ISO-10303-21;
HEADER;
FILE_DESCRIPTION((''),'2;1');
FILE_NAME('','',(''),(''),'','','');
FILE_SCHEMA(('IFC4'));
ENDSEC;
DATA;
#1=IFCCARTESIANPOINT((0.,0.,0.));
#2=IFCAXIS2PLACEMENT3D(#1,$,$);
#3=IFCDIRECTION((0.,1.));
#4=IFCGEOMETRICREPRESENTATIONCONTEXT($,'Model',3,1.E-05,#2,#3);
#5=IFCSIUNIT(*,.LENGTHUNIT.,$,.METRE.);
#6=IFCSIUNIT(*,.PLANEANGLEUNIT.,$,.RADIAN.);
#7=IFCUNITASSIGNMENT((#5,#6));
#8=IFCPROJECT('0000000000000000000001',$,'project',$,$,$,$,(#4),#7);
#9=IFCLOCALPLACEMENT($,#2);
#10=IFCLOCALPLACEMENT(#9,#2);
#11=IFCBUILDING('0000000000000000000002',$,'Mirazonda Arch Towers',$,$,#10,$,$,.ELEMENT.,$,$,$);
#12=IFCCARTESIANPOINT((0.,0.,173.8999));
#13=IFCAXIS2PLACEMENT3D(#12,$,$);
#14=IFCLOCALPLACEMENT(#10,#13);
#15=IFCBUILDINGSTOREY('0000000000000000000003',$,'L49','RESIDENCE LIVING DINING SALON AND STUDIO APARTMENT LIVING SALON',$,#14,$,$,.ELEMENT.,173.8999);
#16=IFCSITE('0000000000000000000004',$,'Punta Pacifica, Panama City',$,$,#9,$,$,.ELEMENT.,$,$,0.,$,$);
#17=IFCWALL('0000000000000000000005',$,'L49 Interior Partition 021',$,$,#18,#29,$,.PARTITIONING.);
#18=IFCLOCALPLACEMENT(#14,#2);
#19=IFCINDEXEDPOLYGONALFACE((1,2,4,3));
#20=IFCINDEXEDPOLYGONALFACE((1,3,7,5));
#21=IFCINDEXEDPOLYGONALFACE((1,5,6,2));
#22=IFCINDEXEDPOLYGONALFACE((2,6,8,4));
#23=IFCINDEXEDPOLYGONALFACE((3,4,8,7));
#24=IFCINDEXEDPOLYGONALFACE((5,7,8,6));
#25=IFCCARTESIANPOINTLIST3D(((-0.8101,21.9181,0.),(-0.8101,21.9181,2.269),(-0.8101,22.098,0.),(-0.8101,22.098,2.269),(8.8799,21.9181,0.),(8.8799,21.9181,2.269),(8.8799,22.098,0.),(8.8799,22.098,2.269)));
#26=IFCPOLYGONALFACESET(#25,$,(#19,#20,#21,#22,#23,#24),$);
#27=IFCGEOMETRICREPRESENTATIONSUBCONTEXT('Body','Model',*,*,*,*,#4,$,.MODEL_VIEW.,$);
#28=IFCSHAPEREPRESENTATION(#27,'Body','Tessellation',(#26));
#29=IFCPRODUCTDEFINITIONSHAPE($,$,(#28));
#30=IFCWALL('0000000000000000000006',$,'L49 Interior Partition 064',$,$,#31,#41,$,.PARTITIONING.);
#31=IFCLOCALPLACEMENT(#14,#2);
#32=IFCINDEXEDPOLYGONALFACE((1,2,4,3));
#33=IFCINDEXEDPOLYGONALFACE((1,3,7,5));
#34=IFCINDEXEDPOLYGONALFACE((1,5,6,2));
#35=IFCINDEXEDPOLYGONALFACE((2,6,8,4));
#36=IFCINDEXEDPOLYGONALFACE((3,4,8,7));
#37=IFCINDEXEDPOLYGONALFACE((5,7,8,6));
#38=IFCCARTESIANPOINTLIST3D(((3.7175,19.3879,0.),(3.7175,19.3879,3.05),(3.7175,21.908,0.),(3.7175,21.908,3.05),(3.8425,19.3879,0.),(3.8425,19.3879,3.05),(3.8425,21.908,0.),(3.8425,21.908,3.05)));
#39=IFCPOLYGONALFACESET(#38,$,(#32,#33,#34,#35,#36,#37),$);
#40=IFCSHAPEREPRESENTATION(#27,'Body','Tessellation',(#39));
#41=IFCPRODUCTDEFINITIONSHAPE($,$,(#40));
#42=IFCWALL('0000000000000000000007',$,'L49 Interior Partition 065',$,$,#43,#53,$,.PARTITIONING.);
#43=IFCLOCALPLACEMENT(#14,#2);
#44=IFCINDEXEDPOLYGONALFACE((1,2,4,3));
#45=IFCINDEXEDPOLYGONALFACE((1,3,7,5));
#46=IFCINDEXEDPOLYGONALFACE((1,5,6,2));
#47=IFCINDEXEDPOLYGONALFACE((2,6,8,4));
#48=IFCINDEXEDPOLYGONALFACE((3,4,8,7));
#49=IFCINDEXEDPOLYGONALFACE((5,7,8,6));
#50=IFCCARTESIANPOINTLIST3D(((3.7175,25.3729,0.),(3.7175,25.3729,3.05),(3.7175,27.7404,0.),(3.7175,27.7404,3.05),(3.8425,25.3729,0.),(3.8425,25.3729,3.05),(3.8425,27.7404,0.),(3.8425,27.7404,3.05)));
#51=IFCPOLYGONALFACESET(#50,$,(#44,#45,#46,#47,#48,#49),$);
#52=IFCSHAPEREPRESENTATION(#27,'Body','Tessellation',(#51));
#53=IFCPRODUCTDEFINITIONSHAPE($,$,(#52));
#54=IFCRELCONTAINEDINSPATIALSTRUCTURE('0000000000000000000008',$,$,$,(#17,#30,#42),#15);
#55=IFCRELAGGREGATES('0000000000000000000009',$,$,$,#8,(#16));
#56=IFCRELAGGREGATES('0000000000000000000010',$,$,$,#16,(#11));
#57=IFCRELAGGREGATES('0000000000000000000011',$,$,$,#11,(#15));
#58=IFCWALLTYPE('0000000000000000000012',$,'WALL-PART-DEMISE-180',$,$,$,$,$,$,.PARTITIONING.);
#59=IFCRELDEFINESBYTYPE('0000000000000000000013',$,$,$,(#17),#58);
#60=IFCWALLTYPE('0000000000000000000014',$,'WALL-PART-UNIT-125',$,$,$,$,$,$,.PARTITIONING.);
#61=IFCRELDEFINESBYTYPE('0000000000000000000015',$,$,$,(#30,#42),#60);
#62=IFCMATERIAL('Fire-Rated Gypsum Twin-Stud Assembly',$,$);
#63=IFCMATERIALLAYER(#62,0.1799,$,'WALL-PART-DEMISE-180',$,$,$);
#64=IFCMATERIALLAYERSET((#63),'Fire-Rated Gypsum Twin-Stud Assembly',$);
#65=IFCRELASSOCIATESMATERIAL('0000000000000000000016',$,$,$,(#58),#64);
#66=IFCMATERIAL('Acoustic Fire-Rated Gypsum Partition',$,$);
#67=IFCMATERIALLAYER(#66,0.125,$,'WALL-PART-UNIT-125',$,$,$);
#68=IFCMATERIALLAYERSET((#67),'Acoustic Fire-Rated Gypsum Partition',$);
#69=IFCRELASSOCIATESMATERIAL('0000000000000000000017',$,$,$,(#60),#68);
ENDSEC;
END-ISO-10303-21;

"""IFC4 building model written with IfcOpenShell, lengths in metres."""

from ifc_helpers import new_model, si_unit, direction, frame, frame_2d, origin, place, context, subcontext, project, spatial, rectangle, extrude, material, layer, layer_set, type_object, element, save


model = new_model("IFC4")

# Units and contexts
model_context = context("Model", 3, precision=1e-05, world=origin(), true_north=direction((0.0, 1.0)))
body_context = subcontext(model_context, "Body", "Model", "MODEL_VIEW")
ifc_project = project(units=[si_unit("LENGTHUNIT", "METRE"), si_unit("PLANEANGLEUNIT", "RADIAN")], contexts=[model_context])

# Site, building, storey
site_placement = place(None, origin())
site = spatial("IfcSite", under=ifc_project, at=site_placement, Name="Punta Pacifica, Panama City", CompositionType="ELEMENT", RefElevation=0.0)
building_placement = place(site_placement, origin())
building = spatial("IfcBuilding", under=site, at=building_placement, Name="Mirazonda Arch Towers", CompositionType="ELEMENT")
storey_placement = place(building_placement, frame((0.0, 0.0, 173.8999)))
storey = spatial("IfcBuildingStorey", under=building, at=storey_placement, Name="L49", Description="RESIDENCE LIVING DINING SALON AND STUDIO APARTMENT LIVING SALON", CompositionType="ELEMENT", Elevation=173.8999)

# Shared definitions
ifc_material_1 = material(Name="Fire-Rated Gypsum Twin-Stud Assembly")
ifc_layer_1 = layer(ifc_material_1, 0.1799, Name="WALL-PART-DEMISE-180")
ifc_layer_set_1 = layer_set([ifc_layer_1], Name="Fire-Rated Gypsum Twin-Stud Assembly")
wall_type_1 = type_object("IfcWallType", Name="WALL-PART-DEMISE-180", PredefinedType="PARTITIONING", material=ifc_layer_set_1)

# Wall
wall_1_placement = place(storey_placement, frame((-0.8101, 22.0081, 0.0), z_axis=(0.0, 0.0, 1.0), x_axis=(1.0, 0.0, 0.0)))
element("IfcWall", 1, at=wall_1_placement, inside=storey, type_object=wall_type_1, Name="L49 Interior Partition 021", PredefinedType="PARTITIONING", context=body_context, shape_type="SweptSolid", body=[
    extrude(rectangle(XDim=9.6899, YDim=0.1799, at=frame_2d((4.845, 0.0))), origin(), (0.0, 0.0, 1.0), 2.269),
])

# Walls
ifc_material_2 = material(Name="Acoustic Fire-Rated Gypsum Partition")
ifc_layer_2 = layer(ifc_material_2, 0.125, Name="WALL-PART-UNIT-125")
ifc_layer_set_2 = layer_set([ifc_layer_2], Name="Acoustic Fire-Rated Gypsum Partition")
wall_type_2 = type_object("IfcWallType", Name="WALL-PART-UNIT-125", PredefinedType="PARTITIONING", material=ifc_layer_set_2)
wall_2_placement = place(storey_placement, frame((3.78, 19.3879, 0.0), z_axis=(0.0, 0.0, 1.0), x_axis=(0.0, 1.0, 0.0)))
element("IfcWall", 2, at=wall_2_placement, inside=storey, type_object=wall_type_2, Name="L49 Interior Partition 064", PredefinedType="PARTITIONING", context=body_context, shape_type="SweptSolid", body=[
    extrude(rectangle(XDim=2.52, YDim=0.125, at=frame_2d((1.26, 0.0))), origin(), (0.0, 0.0, 1.0), 3.05),
])
wall_3_placement = place(storey_placement, frame((3.78, 25.373, 0.0), z_axis=(0.0, 0.0, 1.0), x_axis=(0.0, 1.0, 0.0)))
element("IfcWall", 3, at=wall_3_placement, inside=storey, type_object=wall_type_2, Name="L49 Interior Partition 065", PredefinedType="PARTITIONING", context=body_context, shape_type="SweptSolid", body=[
    extrude(rectangle(XDim=2.3674, YDim=0.125, at=frame_2d((1.1836, 0.0))), origin(), (0.0, 0.0, 1.0), 3.05),
])

save(model, "model.ifc")
